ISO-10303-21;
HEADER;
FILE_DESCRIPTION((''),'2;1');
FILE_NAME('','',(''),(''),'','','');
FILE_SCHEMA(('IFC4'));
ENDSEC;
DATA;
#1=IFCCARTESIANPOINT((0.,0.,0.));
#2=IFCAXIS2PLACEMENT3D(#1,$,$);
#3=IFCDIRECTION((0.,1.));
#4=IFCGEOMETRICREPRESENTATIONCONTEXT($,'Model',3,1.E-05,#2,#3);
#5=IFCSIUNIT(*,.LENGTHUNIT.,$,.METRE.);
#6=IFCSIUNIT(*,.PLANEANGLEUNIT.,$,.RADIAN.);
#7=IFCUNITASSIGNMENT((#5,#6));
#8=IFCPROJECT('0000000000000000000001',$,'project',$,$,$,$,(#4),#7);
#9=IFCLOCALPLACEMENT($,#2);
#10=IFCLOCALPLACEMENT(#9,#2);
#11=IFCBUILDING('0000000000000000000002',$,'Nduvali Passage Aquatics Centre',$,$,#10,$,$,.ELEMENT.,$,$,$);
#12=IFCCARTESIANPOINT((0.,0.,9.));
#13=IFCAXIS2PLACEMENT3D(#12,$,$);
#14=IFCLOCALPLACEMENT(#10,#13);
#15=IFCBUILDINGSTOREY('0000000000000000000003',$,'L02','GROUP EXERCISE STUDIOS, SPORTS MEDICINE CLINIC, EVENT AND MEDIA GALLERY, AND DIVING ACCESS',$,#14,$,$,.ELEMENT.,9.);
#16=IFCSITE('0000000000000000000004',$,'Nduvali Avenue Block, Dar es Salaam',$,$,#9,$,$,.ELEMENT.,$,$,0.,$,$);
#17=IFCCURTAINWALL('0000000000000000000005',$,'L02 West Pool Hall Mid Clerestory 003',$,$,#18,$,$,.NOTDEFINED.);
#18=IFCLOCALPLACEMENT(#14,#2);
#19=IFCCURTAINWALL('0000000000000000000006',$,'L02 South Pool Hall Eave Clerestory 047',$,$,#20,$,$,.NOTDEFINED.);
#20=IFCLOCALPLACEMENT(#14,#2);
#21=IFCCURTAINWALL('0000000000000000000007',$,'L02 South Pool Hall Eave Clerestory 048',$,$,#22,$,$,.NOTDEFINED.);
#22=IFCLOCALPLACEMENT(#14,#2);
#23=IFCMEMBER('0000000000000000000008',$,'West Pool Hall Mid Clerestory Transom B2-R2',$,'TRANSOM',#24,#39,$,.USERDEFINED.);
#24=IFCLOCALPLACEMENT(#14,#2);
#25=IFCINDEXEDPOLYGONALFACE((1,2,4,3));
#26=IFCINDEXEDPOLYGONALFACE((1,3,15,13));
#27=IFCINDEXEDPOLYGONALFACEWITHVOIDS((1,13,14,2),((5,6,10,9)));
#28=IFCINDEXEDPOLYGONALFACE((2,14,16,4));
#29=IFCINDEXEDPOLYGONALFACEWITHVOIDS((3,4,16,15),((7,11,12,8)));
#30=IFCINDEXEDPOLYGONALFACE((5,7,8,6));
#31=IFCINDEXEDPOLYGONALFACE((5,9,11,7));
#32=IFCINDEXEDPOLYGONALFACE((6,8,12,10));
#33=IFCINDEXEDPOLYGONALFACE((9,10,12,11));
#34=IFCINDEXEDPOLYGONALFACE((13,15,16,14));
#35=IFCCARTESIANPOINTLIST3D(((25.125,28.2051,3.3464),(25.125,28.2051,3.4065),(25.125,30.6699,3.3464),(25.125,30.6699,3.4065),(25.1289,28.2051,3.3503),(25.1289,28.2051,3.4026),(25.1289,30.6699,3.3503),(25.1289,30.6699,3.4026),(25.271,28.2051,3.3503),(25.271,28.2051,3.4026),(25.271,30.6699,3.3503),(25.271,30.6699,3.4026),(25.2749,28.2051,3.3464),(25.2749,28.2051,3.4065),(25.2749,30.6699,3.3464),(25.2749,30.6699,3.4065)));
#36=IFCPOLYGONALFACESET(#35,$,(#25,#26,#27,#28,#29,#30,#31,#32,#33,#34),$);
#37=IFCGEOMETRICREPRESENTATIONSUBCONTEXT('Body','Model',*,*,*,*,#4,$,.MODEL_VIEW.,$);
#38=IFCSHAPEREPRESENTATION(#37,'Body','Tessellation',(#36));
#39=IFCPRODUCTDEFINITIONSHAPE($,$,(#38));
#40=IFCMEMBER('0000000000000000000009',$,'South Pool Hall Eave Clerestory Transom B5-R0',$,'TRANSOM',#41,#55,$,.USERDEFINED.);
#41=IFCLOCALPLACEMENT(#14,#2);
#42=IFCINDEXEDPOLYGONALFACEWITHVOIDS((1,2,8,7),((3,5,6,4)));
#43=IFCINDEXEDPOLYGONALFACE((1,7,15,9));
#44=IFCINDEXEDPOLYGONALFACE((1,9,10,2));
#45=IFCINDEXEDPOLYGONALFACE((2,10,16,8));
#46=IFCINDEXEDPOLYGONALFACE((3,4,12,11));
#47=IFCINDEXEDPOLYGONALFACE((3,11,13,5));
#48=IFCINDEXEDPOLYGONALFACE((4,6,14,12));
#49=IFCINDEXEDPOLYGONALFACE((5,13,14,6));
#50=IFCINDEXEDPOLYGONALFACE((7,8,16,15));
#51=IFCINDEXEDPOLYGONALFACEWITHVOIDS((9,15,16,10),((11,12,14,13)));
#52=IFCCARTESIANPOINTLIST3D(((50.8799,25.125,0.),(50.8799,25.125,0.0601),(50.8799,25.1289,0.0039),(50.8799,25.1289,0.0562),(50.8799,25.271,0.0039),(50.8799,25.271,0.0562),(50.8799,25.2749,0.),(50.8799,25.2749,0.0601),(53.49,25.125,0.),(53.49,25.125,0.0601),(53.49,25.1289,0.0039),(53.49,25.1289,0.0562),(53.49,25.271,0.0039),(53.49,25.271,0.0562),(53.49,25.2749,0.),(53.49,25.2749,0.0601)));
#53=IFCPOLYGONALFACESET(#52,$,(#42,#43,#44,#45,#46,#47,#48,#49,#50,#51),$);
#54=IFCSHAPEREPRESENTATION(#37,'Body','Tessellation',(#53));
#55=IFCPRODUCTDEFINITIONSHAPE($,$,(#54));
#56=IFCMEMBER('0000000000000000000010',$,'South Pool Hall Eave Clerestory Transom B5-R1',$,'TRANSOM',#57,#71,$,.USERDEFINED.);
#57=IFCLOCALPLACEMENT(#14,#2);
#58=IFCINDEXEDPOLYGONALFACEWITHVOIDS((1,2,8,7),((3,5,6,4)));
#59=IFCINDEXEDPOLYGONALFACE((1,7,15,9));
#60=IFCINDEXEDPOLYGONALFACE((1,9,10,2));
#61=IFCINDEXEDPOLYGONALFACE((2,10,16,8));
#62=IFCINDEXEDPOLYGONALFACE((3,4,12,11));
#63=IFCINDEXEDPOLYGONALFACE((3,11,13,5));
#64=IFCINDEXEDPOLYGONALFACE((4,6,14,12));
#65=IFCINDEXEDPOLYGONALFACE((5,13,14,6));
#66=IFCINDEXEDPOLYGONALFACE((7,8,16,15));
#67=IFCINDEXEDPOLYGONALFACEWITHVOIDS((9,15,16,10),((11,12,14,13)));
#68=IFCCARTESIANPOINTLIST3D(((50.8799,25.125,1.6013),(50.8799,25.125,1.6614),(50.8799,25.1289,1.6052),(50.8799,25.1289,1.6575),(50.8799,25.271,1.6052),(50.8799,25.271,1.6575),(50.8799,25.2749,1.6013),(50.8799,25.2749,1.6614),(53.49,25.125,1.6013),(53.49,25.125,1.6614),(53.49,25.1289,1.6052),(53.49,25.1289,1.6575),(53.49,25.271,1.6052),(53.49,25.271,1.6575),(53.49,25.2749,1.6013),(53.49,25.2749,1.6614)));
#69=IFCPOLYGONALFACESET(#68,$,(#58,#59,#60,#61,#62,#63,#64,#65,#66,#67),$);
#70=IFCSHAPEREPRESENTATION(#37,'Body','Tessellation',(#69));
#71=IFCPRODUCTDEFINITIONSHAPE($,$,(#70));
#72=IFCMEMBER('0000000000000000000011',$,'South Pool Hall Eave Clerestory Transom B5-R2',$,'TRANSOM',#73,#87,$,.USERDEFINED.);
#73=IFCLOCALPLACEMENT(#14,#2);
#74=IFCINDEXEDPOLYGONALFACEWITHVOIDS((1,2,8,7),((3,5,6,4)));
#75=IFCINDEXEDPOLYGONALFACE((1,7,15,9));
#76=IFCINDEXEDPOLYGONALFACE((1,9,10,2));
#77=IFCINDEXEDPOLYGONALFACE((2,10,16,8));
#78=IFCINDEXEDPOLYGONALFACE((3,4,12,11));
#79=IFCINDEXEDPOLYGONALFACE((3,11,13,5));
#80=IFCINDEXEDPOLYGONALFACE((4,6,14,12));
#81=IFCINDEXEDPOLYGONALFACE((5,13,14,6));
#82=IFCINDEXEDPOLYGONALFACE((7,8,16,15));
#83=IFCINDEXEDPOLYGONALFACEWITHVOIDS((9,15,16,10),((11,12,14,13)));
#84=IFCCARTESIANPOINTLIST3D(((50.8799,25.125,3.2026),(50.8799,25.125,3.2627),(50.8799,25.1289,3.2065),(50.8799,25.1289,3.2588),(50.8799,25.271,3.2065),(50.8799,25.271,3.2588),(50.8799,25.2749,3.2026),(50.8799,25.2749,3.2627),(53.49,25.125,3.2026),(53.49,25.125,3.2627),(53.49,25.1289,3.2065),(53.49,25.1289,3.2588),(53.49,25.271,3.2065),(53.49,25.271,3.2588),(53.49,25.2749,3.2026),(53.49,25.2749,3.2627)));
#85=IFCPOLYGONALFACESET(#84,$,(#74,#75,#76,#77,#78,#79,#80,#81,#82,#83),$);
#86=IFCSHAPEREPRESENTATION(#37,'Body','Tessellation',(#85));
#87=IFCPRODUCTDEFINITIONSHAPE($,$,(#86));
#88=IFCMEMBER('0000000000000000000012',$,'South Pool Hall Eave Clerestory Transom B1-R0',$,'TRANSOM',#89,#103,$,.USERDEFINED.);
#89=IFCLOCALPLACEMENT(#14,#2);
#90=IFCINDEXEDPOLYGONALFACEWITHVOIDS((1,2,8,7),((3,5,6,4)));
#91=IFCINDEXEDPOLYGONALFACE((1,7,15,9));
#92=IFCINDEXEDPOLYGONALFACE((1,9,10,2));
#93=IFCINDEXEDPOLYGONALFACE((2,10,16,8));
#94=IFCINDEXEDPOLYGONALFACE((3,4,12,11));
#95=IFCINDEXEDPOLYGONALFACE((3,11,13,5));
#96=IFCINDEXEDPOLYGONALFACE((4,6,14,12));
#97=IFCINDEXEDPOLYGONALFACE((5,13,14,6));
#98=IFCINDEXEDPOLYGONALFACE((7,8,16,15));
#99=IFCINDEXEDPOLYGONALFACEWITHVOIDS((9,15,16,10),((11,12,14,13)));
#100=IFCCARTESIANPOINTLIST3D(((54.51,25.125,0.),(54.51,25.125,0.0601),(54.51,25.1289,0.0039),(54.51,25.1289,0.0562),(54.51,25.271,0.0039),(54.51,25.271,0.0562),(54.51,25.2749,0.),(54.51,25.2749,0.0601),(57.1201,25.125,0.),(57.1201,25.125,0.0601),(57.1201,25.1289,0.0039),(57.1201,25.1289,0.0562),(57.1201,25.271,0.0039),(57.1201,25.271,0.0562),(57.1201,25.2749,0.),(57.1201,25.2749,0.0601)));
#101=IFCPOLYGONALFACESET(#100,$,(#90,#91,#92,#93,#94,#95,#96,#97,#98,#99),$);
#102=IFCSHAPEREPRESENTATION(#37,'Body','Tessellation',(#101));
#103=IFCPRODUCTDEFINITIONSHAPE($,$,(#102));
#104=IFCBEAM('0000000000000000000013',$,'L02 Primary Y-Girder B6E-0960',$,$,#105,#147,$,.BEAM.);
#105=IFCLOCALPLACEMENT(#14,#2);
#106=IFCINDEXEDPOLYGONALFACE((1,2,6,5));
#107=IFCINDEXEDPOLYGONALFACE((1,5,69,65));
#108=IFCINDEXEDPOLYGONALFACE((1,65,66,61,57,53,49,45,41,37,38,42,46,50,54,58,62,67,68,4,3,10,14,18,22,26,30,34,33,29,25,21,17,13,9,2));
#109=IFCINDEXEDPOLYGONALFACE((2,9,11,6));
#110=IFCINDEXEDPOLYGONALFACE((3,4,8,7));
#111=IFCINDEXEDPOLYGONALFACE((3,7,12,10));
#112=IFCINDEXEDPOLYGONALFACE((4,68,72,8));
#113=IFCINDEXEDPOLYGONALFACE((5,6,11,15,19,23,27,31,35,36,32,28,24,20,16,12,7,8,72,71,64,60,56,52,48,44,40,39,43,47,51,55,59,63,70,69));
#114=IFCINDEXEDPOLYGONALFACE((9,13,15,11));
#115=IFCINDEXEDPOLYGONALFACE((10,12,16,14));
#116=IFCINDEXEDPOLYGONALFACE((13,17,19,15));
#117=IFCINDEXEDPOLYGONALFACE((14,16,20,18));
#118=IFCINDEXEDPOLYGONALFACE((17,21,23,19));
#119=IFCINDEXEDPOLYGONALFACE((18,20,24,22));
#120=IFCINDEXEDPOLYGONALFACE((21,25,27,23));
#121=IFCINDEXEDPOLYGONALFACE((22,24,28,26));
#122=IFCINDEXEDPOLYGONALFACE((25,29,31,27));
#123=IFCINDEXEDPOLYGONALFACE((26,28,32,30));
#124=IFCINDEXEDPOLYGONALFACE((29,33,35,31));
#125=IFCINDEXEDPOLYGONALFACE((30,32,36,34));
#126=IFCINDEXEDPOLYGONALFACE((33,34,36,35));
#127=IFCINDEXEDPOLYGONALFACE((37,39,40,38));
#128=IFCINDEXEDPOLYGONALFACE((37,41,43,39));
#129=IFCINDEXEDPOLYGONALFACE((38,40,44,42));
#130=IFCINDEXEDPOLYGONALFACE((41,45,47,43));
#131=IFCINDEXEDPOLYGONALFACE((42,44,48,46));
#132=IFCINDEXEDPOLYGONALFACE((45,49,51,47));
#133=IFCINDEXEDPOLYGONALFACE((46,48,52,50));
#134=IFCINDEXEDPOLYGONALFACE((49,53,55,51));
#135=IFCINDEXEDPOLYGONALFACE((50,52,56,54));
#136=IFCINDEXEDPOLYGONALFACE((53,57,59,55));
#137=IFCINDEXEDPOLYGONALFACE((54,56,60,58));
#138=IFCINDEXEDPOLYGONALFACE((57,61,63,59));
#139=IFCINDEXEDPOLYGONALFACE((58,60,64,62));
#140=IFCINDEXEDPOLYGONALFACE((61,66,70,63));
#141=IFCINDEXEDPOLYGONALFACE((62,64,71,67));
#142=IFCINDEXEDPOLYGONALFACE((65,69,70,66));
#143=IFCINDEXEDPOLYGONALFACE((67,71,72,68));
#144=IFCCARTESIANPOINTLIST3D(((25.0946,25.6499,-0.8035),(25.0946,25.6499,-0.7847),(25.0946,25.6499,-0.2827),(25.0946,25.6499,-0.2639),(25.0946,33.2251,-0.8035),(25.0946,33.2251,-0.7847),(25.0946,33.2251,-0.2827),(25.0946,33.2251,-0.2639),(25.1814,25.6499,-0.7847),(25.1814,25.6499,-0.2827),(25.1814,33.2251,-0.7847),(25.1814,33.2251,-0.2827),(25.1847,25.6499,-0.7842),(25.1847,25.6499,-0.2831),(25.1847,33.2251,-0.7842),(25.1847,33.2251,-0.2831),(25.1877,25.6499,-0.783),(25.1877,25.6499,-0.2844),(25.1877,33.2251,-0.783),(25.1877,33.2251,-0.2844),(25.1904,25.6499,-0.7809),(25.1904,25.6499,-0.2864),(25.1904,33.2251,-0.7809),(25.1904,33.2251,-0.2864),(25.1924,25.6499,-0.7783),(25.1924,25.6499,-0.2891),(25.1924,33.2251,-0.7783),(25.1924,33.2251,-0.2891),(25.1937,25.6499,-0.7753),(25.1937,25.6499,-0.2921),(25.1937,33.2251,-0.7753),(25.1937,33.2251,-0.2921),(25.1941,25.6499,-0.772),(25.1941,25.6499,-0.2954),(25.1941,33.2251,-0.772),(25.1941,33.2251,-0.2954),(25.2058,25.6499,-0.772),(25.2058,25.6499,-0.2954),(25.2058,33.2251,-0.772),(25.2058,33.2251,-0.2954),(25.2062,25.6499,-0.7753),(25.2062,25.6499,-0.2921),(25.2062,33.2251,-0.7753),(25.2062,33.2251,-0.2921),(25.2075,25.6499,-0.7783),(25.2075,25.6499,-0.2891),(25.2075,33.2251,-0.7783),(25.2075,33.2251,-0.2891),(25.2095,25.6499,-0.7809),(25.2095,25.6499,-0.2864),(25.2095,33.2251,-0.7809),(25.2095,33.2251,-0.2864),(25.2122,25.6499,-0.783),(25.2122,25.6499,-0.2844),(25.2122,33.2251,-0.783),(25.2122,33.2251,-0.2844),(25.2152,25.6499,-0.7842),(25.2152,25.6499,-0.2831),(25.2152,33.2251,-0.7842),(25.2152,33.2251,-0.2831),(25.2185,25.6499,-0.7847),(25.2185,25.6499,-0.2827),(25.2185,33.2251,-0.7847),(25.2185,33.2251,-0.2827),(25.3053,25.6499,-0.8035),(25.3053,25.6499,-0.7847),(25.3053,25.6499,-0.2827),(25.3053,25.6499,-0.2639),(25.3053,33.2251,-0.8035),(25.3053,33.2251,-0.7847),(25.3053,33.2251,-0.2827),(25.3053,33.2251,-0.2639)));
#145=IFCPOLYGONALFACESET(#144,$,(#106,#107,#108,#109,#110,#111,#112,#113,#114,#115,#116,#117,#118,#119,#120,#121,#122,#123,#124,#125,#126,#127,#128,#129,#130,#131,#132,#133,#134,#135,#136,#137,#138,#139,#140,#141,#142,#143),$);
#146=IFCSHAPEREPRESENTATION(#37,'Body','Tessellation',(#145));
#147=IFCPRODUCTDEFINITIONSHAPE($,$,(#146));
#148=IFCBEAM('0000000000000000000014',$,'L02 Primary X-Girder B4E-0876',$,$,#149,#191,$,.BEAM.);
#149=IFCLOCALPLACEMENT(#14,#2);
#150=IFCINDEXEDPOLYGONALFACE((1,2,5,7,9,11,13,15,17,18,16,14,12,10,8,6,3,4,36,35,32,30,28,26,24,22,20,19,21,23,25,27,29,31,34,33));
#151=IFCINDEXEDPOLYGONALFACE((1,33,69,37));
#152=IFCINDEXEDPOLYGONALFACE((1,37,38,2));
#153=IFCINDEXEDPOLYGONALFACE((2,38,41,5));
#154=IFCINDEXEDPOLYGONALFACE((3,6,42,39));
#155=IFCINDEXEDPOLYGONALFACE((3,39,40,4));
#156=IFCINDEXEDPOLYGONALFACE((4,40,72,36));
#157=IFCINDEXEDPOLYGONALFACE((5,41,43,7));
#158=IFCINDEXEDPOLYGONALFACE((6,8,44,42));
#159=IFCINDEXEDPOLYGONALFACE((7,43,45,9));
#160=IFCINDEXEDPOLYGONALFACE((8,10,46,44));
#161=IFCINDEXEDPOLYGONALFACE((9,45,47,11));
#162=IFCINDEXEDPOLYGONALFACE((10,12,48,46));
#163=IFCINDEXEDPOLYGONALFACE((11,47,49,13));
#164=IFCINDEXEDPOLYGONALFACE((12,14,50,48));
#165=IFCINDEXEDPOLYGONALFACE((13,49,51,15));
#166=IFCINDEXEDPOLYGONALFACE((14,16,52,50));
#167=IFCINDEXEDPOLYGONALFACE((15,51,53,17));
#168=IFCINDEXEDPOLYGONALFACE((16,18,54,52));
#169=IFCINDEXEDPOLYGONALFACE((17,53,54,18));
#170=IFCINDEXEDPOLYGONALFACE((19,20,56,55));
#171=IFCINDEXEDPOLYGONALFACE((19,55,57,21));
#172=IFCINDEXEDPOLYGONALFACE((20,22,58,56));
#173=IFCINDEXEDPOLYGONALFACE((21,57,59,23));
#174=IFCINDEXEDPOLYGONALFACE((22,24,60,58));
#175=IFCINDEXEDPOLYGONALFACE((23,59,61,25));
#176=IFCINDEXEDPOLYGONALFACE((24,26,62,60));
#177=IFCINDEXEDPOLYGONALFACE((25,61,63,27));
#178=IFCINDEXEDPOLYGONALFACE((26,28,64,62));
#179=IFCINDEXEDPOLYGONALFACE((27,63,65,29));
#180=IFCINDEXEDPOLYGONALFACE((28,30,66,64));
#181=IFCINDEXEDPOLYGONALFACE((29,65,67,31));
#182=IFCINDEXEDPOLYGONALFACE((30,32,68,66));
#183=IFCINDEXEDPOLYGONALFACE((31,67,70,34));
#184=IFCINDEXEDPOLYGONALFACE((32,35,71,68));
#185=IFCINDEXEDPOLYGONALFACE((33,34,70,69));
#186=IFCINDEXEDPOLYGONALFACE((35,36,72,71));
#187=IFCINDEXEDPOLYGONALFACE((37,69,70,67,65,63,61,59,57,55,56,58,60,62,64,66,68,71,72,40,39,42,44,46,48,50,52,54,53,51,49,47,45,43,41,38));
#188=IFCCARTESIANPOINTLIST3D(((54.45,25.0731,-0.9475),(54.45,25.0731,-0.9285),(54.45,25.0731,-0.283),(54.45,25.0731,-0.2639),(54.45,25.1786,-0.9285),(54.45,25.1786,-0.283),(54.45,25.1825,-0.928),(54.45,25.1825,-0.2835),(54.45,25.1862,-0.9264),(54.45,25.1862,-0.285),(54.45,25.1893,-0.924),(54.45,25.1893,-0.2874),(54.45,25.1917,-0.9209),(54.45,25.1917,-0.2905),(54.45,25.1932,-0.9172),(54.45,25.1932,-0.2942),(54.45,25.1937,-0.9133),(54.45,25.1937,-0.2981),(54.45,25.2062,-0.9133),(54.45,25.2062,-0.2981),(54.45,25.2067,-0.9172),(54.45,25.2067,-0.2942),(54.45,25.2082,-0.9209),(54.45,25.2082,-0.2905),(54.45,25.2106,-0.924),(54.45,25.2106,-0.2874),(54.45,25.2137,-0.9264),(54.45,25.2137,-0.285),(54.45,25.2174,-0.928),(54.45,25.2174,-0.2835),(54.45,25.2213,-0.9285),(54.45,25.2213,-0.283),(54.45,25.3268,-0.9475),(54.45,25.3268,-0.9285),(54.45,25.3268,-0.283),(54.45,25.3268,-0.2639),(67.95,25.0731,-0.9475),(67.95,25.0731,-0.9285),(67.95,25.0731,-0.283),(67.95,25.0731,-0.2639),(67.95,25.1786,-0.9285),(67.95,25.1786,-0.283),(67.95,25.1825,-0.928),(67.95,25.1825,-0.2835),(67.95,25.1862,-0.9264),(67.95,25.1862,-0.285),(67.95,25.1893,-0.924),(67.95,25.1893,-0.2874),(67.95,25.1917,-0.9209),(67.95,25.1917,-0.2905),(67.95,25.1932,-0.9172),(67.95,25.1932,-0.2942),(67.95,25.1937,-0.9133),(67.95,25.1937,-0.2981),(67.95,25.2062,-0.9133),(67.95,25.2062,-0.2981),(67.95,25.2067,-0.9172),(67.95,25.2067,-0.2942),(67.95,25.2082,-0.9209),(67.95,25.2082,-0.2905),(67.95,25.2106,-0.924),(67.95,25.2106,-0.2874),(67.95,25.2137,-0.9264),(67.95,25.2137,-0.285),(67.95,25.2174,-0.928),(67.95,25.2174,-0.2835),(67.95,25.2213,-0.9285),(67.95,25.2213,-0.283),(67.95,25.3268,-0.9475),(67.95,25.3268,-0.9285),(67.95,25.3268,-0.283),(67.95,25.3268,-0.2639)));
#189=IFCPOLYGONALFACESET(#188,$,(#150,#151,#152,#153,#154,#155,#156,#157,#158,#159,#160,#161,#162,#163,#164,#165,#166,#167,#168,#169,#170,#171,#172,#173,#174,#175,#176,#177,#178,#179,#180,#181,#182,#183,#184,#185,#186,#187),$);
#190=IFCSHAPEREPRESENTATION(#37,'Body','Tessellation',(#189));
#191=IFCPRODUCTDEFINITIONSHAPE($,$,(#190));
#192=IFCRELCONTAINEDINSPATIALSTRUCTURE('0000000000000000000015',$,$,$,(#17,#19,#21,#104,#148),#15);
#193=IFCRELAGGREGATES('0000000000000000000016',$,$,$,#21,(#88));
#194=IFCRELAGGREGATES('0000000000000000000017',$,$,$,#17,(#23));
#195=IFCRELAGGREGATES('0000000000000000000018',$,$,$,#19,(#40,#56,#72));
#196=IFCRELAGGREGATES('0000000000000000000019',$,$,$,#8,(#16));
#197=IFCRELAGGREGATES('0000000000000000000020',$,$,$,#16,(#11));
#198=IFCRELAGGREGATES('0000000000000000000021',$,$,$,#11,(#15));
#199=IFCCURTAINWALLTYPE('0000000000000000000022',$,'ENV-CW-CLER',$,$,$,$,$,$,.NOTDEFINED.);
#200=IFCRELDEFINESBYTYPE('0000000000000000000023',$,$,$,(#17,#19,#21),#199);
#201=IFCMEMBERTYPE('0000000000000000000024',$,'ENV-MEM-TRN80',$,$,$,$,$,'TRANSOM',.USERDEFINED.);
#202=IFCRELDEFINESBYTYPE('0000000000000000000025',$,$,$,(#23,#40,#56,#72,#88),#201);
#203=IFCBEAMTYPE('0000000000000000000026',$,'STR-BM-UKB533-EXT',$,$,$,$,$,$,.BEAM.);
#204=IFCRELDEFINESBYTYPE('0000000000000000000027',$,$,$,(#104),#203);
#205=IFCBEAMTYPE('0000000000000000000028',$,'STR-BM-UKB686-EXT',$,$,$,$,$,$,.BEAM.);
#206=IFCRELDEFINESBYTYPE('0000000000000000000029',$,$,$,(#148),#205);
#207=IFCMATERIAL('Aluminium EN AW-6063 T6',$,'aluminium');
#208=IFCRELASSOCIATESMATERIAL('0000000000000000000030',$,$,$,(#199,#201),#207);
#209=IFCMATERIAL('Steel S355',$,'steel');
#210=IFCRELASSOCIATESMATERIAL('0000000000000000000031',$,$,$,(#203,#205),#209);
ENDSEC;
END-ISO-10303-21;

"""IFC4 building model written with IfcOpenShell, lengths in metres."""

from ifc_helpers import new_model, si_unit, direction, frame, origin, origin_2d, place, context, subcontext, project, spatial, hollow_rectangle, i_section, extrude, material, material_profile, profile_set, type_object, element, aggregate, save


model = new_model("IFC4")

# Units and contexts
model_context = context("Model", 3, precision=1e-05, world=origin(), true_north=direction((0.0, 1.0)))
body_context = subcontext(model_context, "Body", "Model", "MODEL_VIEW")
ifc_project = project(units=[si_unit("LENGTHUNIT", "METRE"), si_unit("PLANEANGLEUNIT", "RADIAN")], contexts=[model_context])

# Site, building, storey
site_placement = place(None, origin())
site = spatial("IfcSite", under=ifc_project, at=site_placement, Name="Nduvali Avenue Block, Dar es Salaam", CompositionType="ELEMENT", RefElevation=0.0)
building_placement = place(site_placement, origin())
building = spatial("IfcBuilding", under=site, at=building_placement, Name="Nduvali Passage Aquatics Centre", CompositionType="ELEMENT")
storey_placement = place(building_placement, frame((0.0, 0.0, 9.0)))
storey = spatial("IfcBuildingStorey", under=building, at=storey_placement, Name="L02", Description="GROUP EXERCISE STUDIOS, SPORTS MEDICINE CLINIC, EVENT AND MEDIA GALLERY, AND DIVING ACCESS", CompositionType="ELEMENT", Elevation=9.0)

# Curtain walls
ifc_material_1 = material(Name="Aluminium EN AW-6063 T6", Category="aluminium")
curtain_wall_type = type_object("IfcCurtainWallType", Name="ENV-CW-CLER", PredefinedType="NOTDEFINED", material=ifc_material_1)
curtain_wall_1_placement = place(storey_placement, origin())
curtain_wall_1 = element("IfcCurtainWall", 1, at=curtain_wall_1_placement, inside=storey, type_object=curtain_wall_type, Name="L02 West Pool Hall Mid Clerestory 003", PredefinedType="NOTDEFINED")
curtain_wall_2_placement = place(storey_placement, origin())
curtain_wall_2 = element("IfcCurtainWall", 2, at=curtain_wall_2_placement, inside=storey, type_object=curtain_wall_type, Name="L02 South Pool Hall Eave Clerestory 047", PredefinedType="NOTDEFINED")

# Curtain wall
curtain_wall_3_placement = place(storey_placement, origin())
curtain_wall_3 = element("IfcCurtainWall", 3, at=curtain_wall_3_placement, inside=storey, type_object=curtain_wall_type, Name="L02 South Pool Hall Eave Clerestory 048", PredefinedType="NOTDEFINED")

# Members
ifc_material_profile_1 = material_profile(ifc_material_1, hollow_rectangle(XDim=0.1499, YDim=0.0601, WallThickness=0.0039, at=origin_2d()), Name="ALU TRANSOM 150x60x4")
ifc_profile_set_1 = profile_set([ifc_material_profile_1], Name="Aluminium EN AW-6063 T6")
member_type_1 = type_object("IfcMemberType", Name="ENV-MEM-TRN80", ElementType="TRANSOM", PredefinedType="USERDEFINED", material=ifc_profile_set_1)
member_1_placement = place(storey_placement, frame((25.2, 28.2051, 3.3765), z_axis=(0.0, 1.0, 0.0), x_axis=(-1.0, 0.0, 0.0)))
member_1 = element("IfcMember", 4, at=member_1_placement, type_object=member_type_1, Name="West Pool Hall Mid Clerestory Transom B2-R2", ObjectType="TRANSOM", PredefinedType="USERDEFINED", context=body_context, shape_type="SweptSolid", body=[
    extrude(hollow_rectangle(XDim=0.1499, YDim=0.0601, WallThickness=0.0039, at=origin_2d()), origin(), (0.0, 0.0, 1.0), 2.4648),
])
member_2_placement = place(storey_placement, frame((50.8799, 25.2, 0.03), z_axis=(1.0, 0.0, 0.0), x_axis=(0.0, 1.0, 0.0)))
member_2 = element("IfcMember", 5, at=member_2_placement, type_object=member_type_1, Name="South Pool Hall Eave Clerestory Transom B5-R0", ObjectType="TRANSOM", PredefinedType="USERDEFINED", context=body_context, shape_type="SweptSolid", body=[
    extrude(hollow_rectangle(XDim=0.1499, YDim=0.0601, WallThickness=0.0039, at=origin_2d()), origin(), (0.0, 0.0, 1.0), 2.6101),
])
member_3_placement = place(storey_placement, frame((50.8799, 25.2, 1.6313), z_axis=(1.0, 0.0, 0.0), x_axis=(0.0, 1.0, 0.0)))
member_3 = element("IfcMember", 6, at=member_3_placement, type_object=member_type_1, Name="South Pool Hall Eave Clerestory Transom B5-R1", ObjectType="TRANSOM", PredefinedType="USERDEFINED", context=body_context, shape_type="SweptSolid", body=[
    extrude(hollow_rectangle(XDim=0.1499, YDim=0.0601, WallThickness=0.0039, at=origin_2d()), origin(), (0.0, 0.0, 1.0), 2.6101),
])
member_4_placement = place(storey_placement, frame((50.8799, 25.2, 3.2327), z_axis=(1.0, 0.0, 0.0), x_axis=(0.0, 1.0, 0.0)))
member_4 = element("IfcMember", 7, at=member_4_placement, type_object=member_type_1, Name="South Pool Hall Eave Clerestory Transom B5-R2", ObjectType="TRANSOM", PredefinedType="USERDEFINED", context=body_context, shape_type="SweptSolid", body=[
    extrude(hollow_rectangle(XDim=0.1499, YDim=0.0601, WallThickness=0.0039, at=origin_2d()), origin(), (0.0, 0.0, 1.0), 2.6101),
])
member_5_placement = place(storey_placement, frame((54.51, 25.2, 0.03), z_axis=(1.0, 0.0, 0.0), x_axis=(0.0, 1.0, 0.0)))
member_5 = element("IfcMember", 8, at=member_5_placement, type_object=member_type_1, Name="South Pool Hall Eave Clerestory Transom B1-R0", ObjectType="TRANSOM", PredefinedType="USERDEFINED", context=body_context, shape_type="SweptSolid", body=[
    extrude(hollow_rectangle(XDim=0.1499, YDim=0.0601, WallThickness=0.0039, at=origin_2d()), origin(), (0.0, 0.0, 1.0), 2.6101),
])
aggregate(curtain_wall_3, [member_5])

# Beams
ifc_material_2 = material(Name="Steel S355", Category="steel")
ifc_material_profile_2 = material_profile(ifc_material_2, i_section(OverallWidth=0.2107, OverallDepth=0.5396, WebThickness=0.0117, FlangeThickness=0.0188, FilletRadius=0.0127, at=origin_2d()), Name="UKB 533x210x109")
ifc_profile_set_2 = profile_set([ifc_material_profile_2], Name="Steel S355")
beam_type_1 = type_object("IfcBeamType", Name="STR-BM-UKB533-EXT", PredefinedType="BEAM", material=ifc_profile_set_2)
beam_1_placement = place(storey_placement, frame((25.2, 25.6499, -0.5337), z_axis=(0.0, 1.0, 0.0), x_axis=(-1.0, 0.0, 0.0)))
element("IfcBeam", 9, at=beam_1_placement, inside=storey, type_object=beam_type_1, Name="L02 Primary Y-Girder B6E-0960", PredefinedType="BEAM", context=body_context, shape_type="SweptSolid", body=[
    extrude(i_section(OverallWidth=0.2107, OverallDepth=0.5396, WebThickness=0.0117, FlangeThickness=0.0188, FilletRadius=0.0127, at=origin_2d()), origin(), (0.0, 0.0, 1.0), 7.5752),
])
ifc_material_profile_3 = material_profile(ifc_material_2, i_section(OverallWidth=0.2537, OverallDepth=0.6836, WebThickness=0.0125, FlangeThickness=0.019, FilletRadius=0.0151, at=origin_2d()), Name="UKB 686x254x140")
ifc_profile_set_3 = profile_set([ifc_material_profile_3], Name="Steel S355")
beam_type_2 = type_object("IfcBeamType", Name="STR-BM-UKB686-EXT", PredefinedType="BEAM", material=ifc_profile_set_3)
beam_2_placement = place(storey_placement, frame((54.45, 25.2, -0.6057), z_axis=(1.0, 0.0, 0.0), x_axis=(0.0, 1.0, 0.0)))
element("IfcBeam", 10, at=beam_2_placement, inside=storey, type_object=beam_type_2, Name="L02 Primary X-Girder B4E-0876", PredefinedType="BEAM", context=body_context, shape_type="SweptSolid", body=[
    extrude(i_section(OverallWidth=0.2537, OverallDepth=0.6836, WebThickness=0.0125, FlangeThickness=0.019, FilletRadius=0.0151, at=origin_2d()), origin(), (0.0, 0.0, 1.0), 13.5),
])

aggregate(curtain_wall_1, [member_1])
aggregate(curtain_wall_2, [member_2, member_3, member_4])

save(model, "model.ifc")
